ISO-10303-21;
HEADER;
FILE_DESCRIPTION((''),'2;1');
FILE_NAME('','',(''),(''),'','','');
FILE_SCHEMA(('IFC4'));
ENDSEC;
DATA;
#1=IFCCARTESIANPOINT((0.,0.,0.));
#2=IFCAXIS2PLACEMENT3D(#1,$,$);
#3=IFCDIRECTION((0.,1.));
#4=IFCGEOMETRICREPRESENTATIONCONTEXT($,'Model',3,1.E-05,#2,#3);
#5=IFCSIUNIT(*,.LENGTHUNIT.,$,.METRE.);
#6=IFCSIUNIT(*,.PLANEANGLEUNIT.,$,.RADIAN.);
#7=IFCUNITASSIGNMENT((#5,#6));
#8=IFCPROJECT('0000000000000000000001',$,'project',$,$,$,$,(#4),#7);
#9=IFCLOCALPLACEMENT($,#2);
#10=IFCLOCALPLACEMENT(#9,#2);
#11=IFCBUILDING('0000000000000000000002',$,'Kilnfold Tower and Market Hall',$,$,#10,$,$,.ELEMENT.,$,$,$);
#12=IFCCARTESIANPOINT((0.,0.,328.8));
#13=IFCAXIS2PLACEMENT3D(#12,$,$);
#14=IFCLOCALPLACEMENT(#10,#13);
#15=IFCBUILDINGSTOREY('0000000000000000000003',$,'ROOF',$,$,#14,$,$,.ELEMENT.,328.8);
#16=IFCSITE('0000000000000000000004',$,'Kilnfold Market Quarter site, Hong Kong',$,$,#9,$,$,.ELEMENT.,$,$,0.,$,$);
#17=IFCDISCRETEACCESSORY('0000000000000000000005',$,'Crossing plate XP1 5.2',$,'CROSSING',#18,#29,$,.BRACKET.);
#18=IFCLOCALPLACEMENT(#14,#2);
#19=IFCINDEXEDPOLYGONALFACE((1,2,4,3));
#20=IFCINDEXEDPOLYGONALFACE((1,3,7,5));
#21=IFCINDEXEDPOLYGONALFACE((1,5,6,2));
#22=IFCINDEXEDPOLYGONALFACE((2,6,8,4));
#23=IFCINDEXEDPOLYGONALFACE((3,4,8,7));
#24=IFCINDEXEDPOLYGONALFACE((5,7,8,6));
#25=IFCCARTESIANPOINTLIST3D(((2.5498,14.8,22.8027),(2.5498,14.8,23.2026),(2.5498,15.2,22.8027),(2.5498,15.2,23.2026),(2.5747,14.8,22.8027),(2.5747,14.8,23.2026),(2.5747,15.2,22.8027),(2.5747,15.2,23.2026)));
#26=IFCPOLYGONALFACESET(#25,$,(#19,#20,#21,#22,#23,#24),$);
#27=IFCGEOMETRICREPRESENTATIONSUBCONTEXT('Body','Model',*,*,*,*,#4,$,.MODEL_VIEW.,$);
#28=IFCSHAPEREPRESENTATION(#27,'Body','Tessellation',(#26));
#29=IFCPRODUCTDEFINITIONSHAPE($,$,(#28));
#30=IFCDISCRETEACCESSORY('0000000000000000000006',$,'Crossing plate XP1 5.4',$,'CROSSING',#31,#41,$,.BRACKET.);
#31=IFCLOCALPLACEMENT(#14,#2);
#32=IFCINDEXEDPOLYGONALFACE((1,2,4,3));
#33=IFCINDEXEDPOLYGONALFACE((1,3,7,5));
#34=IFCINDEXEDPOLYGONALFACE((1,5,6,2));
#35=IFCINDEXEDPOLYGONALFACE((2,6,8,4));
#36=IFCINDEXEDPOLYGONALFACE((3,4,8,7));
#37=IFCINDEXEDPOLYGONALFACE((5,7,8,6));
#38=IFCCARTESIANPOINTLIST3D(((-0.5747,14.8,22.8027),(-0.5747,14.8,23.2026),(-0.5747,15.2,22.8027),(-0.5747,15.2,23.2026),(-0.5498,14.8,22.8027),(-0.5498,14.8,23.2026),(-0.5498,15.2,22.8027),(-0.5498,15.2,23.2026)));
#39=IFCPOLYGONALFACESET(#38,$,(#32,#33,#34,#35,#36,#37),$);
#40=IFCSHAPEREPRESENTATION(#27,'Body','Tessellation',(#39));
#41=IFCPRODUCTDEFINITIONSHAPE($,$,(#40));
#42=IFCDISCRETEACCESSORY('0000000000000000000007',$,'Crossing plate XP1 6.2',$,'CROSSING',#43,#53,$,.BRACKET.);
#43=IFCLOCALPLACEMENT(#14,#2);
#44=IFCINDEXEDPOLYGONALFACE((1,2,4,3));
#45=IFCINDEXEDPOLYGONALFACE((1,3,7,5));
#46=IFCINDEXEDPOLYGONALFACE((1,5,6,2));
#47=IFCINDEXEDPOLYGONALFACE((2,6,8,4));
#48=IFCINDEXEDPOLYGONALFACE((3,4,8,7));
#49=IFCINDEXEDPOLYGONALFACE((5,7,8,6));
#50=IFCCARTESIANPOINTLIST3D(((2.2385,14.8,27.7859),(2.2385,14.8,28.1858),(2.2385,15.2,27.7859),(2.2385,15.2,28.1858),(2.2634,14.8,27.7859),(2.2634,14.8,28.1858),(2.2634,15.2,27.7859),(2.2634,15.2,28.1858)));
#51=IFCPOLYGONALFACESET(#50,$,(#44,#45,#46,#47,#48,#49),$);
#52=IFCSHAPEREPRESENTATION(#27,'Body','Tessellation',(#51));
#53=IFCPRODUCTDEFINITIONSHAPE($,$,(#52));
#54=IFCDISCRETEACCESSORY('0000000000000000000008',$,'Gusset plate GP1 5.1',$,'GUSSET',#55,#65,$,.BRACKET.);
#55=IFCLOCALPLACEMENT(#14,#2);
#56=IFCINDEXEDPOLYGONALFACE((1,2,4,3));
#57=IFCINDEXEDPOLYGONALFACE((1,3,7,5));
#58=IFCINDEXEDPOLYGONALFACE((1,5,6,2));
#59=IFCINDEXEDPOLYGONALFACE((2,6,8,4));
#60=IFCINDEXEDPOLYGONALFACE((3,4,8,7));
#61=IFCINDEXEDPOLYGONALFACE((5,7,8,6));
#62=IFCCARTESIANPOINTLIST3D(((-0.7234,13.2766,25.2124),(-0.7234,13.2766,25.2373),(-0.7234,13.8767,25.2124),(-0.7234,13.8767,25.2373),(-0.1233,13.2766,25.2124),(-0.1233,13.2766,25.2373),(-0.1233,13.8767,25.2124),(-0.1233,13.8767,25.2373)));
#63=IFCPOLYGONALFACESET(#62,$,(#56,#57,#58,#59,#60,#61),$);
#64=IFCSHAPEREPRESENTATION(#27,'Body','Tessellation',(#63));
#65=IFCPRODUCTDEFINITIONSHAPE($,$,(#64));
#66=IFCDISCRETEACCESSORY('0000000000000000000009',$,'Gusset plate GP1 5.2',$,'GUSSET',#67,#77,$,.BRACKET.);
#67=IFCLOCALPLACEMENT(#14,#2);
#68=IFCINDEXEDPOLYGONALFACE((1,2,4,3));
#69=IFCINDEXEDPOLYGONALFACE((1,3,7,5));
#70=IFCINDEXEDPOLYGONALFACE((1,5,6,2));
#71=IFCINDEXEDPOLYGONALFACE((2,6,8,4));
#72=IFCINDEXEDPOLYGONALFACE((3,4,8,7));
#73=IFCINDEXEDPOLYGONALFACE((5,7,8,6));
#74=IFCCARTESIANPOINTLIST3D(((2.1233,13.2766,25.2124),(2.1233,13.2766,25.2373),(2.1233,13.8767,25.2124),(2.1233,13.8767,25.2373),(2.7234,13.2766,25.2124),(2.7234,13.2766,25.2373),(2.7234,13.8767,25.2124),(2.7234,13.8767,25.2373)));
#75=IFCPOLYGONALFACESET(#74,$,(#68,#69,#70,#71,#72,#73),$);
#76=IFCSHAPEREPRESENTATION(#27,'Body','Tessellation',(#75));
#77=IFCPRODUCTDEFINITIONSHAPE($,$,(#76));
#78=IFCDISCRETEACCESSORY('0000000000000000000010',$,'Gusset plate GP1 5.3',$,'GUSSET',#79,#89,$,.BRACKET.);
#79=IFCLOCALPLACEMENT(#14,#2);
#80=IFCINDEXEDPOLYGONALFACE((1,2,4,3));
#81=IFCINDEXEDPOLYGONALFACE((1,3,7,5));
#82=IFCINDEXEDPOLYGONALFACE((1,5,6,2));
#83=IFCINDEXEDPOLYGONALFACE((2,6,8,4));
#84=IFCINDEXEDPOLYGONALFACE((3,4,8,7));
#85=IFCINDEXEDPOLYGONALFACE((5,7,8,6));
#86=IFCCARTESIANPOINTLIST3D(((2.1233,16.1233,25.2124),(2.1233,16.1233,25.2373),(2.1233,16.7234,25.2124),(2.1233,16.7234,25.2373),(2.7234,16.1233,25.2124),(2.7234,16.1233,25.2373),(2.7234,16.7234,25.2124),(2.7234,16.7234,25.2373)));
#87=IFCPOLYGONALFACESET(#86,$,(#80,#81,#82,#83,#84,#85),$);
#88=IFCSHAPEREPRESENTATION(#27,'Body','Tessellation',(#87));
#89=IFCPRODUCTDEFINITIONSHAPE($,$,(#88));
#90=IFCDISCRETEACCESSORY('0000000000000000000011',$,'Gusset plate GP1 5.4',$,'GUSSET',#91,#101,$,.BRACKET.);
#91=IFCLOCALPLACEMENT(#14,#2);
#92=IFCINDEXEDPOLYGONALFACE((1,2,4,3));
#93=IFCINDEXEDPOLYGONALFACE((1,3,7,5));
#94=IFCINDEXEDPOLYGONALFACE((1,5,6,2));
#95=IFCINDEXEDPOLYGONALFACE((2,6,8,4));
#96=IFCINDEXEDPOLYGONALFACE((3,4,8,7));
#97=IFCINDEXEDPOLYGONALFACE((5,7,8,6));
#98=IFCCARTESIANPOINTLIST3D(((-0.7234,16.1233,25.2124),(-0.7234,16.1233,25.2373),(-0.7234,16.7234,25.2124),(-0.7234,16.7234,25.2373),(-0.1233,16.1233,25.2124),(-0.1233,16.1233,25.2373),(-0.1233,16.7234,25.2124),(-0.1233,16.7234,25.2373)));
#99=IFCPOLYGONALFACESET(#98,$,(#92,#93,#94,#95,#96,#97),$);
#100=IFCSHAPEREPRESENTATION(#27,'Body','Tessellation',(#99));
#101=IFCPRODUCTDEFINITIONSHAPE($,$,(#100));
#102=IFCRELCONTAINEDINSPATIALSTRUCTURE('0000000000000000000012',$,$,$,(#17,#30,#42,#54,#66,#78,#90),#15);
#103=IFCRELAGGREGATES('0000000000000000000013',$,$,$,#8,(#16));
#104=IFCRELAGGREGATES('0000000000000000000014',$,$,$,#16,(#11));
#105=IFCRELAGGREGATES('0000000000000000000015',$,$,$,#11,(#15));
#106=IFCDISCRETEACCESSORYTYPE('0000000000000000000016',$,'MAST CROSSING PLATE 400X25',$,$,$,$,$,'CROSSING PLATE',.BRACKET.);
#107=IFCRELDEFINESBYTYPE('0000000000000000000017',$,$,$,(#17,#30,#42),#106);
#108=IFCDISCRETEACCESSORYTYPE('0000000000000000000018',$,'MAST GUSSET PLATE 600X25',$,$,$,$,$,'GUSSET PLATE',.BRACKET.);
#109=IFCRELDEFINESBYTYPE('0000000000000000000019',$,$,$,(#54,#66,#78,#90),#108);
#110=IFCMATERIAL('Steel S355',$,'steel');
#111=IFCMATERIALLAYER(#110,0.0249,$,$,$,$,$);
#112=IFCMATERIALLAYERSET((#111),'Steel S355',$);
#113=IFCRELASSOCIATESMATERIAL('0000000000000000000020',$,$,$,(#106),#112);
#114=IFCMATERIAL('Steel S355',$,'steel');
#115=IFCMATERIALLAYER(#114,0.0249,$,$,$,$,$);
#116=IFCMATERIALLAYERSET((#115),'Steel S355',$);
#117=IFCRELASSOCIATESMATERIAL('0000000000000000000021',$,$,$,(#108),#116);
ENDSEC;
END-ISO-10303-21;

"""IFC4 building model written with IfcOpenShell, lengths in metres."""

from ifc_helpers import new_model, si_unit, direction, frame, origin, origin_2d, place, context, subcontext, project, spatial, rectangle, extrude, source, transform, mapped, material, layer, layer_set, type_object, element, save


model = new_model("IFC4")

# Units and contexts
model_context = context("Model", 3, precision=1e-05, world=origin(), true_north=direction((0.0, 1.0)))
body_context = subcontext(model_context, "Body", "Model", "MODEL_VIEW")
ifc_project = project(units=[si_unit("LENGTHUNIT", "METRE"), si_unit("PLANEANGLEUNIT", "RADIAN")], contexts=[model_context])

# Site, building, storey
site_placement = place(None, origin())
site = spatial("IfcSite", under=ifc_project, at=site_placement, Name="Kilnfold Market Quarter site, Hong Kong", CompositionType="ELEMENT", RefElevation=0.0)
building_placement = place(site_placement, origin())
building = spatial("IfcBuilding", under=site, at=building_placement, Name="Kilnfold Tower and Market Hall", CompositionType="ELEMENT")
storey_placement = place(building_placement, frame((0.0, 0.0, 328.8)))
storey = spatial("IfcBuildingStorey", under=building, at=storey_placement, Name="ROOF", CompositionType="ELEMENT", Elevation=328.8)

# Discrete accessories
ifc_material_1 = material(Name="Steel S355", Category="steel")
ifc_layer_1 = layer(ifc_material_1, 0.0249)
ifc_layer_set_1 = layer_set([ifc_layer_1], Name="Steel S355")
discrete_accessory_type_1 = type_object("IfcDiscreteAccessoryType", Name="MAST CROSSING PLATE 400X25", ElementType="CROSSING PLATE", PredefinedType="BRACKET", material=ifc_layer_set_1)
shared_shape_1 = source(origin(), body_context, "Body", "SweptSolid", [
    extrude(rectangle(XDim=0.0249, YDim=0.3999, at=origin_2d()), origin(), (0.0, 0.0, 1.0), 0.3999),
])
for number, where, z_axis, x_axis, name in (
    (1, (2.5623, 15.0, 22.8027), (0.0, 0.0, 1.0), (1.0, 0.0, 0.0), "Crossing plate XP1 5.2"),
    (2, (-0.5623, 15.0, 22.8027), (0.0, 0.0, 1.0), (1.0, 0.0, 0.0), "Crossing plate XP1 5.4"),
    (3, (2.251, 15.0, 27.7859), (0.0, 0.0, 1.0), (1.0, 0.0, 0.0), "Crossing plate XP1 6.2"),
):
    element("IfcDiscreteAccessory", number, at=place(storey_placement, frame(where, z_axis=z_axis, x_axis=x_axis)), inside=storey, type_object=discrete_accessory_type_1, Name=name, ObjectType="CROSSING", PredefinedType="BRACKET", context=body_context, shape_type="MappedRepresentation", body=[
        mapped(shared_shape_1, transform((0.0, 0.0, 0.0))),
    ])
ifc_material_2 = material(Name="Steel S355", Category="steel")
ifc_layer_2 = layer(ifc_material_2, 0.0249)
ifc_layer_set_2 = layer_set([ifc_layer_2], Name="Steel S355")
discrete_accessory_type_2 = type_object("IfcDiscreteAccessoryType", Name="MAST GUSSET PLATE 600X25", ElementType="GUSSET PLATE", PredefinedType="BRACKET", material=ifc_layer_set_2)
shared_shape_2 = source(origin(), body_context, "Body", "SweptSolid", [
    extrude(rectangle(XDim=0.6001, YDim=0.6001, at=origin_2d()), origin(), (0.0, 0.0, 1.0), 0.0249),
])
for number, where, z_axis, x_axis, name in (
    (4, (-0.4233, 13.5767, 25.2124), (0.0, 0.0, 1.0), (1.0, 0.0, 0.0), "Gusset plate GP1 5.1"),
    (5, (2.4233, 13.5767, 25.2124), (0.0, 0.0, 1.0), (1.0, 0.0, 0.0), "Gusset plate GP1 5.2"),
    (6, (2.4233, 16.4233, 25.2124), (0.0, 0.0, 1.0), (1.0, 0.0, 0.0), "Gusset plate GP1 5.3"),
    (7, (-0.4233, 16.4233, 25.2124), (0.0, 0.0, 1.0), (1.0, 0.0, 0.0), "Gusset plate GP1 5.4"),
):
    element("IfcDiscreteAccessory", number, at=place(storey_placement, frame(where, z_axis=z_axis, x_axis=x_axis)), inside=storey, type_object=discrete_accessory_type_2, Name=name, ObjectType="GUSSET", PredefinedType="BRACKET", context=body_context, shape_type="MappedRepresentation", body=[
        mapped(shared_shape_2, transform((0.0, 0.0, 0.0))),
    ])

save(model, "model.ifc")
